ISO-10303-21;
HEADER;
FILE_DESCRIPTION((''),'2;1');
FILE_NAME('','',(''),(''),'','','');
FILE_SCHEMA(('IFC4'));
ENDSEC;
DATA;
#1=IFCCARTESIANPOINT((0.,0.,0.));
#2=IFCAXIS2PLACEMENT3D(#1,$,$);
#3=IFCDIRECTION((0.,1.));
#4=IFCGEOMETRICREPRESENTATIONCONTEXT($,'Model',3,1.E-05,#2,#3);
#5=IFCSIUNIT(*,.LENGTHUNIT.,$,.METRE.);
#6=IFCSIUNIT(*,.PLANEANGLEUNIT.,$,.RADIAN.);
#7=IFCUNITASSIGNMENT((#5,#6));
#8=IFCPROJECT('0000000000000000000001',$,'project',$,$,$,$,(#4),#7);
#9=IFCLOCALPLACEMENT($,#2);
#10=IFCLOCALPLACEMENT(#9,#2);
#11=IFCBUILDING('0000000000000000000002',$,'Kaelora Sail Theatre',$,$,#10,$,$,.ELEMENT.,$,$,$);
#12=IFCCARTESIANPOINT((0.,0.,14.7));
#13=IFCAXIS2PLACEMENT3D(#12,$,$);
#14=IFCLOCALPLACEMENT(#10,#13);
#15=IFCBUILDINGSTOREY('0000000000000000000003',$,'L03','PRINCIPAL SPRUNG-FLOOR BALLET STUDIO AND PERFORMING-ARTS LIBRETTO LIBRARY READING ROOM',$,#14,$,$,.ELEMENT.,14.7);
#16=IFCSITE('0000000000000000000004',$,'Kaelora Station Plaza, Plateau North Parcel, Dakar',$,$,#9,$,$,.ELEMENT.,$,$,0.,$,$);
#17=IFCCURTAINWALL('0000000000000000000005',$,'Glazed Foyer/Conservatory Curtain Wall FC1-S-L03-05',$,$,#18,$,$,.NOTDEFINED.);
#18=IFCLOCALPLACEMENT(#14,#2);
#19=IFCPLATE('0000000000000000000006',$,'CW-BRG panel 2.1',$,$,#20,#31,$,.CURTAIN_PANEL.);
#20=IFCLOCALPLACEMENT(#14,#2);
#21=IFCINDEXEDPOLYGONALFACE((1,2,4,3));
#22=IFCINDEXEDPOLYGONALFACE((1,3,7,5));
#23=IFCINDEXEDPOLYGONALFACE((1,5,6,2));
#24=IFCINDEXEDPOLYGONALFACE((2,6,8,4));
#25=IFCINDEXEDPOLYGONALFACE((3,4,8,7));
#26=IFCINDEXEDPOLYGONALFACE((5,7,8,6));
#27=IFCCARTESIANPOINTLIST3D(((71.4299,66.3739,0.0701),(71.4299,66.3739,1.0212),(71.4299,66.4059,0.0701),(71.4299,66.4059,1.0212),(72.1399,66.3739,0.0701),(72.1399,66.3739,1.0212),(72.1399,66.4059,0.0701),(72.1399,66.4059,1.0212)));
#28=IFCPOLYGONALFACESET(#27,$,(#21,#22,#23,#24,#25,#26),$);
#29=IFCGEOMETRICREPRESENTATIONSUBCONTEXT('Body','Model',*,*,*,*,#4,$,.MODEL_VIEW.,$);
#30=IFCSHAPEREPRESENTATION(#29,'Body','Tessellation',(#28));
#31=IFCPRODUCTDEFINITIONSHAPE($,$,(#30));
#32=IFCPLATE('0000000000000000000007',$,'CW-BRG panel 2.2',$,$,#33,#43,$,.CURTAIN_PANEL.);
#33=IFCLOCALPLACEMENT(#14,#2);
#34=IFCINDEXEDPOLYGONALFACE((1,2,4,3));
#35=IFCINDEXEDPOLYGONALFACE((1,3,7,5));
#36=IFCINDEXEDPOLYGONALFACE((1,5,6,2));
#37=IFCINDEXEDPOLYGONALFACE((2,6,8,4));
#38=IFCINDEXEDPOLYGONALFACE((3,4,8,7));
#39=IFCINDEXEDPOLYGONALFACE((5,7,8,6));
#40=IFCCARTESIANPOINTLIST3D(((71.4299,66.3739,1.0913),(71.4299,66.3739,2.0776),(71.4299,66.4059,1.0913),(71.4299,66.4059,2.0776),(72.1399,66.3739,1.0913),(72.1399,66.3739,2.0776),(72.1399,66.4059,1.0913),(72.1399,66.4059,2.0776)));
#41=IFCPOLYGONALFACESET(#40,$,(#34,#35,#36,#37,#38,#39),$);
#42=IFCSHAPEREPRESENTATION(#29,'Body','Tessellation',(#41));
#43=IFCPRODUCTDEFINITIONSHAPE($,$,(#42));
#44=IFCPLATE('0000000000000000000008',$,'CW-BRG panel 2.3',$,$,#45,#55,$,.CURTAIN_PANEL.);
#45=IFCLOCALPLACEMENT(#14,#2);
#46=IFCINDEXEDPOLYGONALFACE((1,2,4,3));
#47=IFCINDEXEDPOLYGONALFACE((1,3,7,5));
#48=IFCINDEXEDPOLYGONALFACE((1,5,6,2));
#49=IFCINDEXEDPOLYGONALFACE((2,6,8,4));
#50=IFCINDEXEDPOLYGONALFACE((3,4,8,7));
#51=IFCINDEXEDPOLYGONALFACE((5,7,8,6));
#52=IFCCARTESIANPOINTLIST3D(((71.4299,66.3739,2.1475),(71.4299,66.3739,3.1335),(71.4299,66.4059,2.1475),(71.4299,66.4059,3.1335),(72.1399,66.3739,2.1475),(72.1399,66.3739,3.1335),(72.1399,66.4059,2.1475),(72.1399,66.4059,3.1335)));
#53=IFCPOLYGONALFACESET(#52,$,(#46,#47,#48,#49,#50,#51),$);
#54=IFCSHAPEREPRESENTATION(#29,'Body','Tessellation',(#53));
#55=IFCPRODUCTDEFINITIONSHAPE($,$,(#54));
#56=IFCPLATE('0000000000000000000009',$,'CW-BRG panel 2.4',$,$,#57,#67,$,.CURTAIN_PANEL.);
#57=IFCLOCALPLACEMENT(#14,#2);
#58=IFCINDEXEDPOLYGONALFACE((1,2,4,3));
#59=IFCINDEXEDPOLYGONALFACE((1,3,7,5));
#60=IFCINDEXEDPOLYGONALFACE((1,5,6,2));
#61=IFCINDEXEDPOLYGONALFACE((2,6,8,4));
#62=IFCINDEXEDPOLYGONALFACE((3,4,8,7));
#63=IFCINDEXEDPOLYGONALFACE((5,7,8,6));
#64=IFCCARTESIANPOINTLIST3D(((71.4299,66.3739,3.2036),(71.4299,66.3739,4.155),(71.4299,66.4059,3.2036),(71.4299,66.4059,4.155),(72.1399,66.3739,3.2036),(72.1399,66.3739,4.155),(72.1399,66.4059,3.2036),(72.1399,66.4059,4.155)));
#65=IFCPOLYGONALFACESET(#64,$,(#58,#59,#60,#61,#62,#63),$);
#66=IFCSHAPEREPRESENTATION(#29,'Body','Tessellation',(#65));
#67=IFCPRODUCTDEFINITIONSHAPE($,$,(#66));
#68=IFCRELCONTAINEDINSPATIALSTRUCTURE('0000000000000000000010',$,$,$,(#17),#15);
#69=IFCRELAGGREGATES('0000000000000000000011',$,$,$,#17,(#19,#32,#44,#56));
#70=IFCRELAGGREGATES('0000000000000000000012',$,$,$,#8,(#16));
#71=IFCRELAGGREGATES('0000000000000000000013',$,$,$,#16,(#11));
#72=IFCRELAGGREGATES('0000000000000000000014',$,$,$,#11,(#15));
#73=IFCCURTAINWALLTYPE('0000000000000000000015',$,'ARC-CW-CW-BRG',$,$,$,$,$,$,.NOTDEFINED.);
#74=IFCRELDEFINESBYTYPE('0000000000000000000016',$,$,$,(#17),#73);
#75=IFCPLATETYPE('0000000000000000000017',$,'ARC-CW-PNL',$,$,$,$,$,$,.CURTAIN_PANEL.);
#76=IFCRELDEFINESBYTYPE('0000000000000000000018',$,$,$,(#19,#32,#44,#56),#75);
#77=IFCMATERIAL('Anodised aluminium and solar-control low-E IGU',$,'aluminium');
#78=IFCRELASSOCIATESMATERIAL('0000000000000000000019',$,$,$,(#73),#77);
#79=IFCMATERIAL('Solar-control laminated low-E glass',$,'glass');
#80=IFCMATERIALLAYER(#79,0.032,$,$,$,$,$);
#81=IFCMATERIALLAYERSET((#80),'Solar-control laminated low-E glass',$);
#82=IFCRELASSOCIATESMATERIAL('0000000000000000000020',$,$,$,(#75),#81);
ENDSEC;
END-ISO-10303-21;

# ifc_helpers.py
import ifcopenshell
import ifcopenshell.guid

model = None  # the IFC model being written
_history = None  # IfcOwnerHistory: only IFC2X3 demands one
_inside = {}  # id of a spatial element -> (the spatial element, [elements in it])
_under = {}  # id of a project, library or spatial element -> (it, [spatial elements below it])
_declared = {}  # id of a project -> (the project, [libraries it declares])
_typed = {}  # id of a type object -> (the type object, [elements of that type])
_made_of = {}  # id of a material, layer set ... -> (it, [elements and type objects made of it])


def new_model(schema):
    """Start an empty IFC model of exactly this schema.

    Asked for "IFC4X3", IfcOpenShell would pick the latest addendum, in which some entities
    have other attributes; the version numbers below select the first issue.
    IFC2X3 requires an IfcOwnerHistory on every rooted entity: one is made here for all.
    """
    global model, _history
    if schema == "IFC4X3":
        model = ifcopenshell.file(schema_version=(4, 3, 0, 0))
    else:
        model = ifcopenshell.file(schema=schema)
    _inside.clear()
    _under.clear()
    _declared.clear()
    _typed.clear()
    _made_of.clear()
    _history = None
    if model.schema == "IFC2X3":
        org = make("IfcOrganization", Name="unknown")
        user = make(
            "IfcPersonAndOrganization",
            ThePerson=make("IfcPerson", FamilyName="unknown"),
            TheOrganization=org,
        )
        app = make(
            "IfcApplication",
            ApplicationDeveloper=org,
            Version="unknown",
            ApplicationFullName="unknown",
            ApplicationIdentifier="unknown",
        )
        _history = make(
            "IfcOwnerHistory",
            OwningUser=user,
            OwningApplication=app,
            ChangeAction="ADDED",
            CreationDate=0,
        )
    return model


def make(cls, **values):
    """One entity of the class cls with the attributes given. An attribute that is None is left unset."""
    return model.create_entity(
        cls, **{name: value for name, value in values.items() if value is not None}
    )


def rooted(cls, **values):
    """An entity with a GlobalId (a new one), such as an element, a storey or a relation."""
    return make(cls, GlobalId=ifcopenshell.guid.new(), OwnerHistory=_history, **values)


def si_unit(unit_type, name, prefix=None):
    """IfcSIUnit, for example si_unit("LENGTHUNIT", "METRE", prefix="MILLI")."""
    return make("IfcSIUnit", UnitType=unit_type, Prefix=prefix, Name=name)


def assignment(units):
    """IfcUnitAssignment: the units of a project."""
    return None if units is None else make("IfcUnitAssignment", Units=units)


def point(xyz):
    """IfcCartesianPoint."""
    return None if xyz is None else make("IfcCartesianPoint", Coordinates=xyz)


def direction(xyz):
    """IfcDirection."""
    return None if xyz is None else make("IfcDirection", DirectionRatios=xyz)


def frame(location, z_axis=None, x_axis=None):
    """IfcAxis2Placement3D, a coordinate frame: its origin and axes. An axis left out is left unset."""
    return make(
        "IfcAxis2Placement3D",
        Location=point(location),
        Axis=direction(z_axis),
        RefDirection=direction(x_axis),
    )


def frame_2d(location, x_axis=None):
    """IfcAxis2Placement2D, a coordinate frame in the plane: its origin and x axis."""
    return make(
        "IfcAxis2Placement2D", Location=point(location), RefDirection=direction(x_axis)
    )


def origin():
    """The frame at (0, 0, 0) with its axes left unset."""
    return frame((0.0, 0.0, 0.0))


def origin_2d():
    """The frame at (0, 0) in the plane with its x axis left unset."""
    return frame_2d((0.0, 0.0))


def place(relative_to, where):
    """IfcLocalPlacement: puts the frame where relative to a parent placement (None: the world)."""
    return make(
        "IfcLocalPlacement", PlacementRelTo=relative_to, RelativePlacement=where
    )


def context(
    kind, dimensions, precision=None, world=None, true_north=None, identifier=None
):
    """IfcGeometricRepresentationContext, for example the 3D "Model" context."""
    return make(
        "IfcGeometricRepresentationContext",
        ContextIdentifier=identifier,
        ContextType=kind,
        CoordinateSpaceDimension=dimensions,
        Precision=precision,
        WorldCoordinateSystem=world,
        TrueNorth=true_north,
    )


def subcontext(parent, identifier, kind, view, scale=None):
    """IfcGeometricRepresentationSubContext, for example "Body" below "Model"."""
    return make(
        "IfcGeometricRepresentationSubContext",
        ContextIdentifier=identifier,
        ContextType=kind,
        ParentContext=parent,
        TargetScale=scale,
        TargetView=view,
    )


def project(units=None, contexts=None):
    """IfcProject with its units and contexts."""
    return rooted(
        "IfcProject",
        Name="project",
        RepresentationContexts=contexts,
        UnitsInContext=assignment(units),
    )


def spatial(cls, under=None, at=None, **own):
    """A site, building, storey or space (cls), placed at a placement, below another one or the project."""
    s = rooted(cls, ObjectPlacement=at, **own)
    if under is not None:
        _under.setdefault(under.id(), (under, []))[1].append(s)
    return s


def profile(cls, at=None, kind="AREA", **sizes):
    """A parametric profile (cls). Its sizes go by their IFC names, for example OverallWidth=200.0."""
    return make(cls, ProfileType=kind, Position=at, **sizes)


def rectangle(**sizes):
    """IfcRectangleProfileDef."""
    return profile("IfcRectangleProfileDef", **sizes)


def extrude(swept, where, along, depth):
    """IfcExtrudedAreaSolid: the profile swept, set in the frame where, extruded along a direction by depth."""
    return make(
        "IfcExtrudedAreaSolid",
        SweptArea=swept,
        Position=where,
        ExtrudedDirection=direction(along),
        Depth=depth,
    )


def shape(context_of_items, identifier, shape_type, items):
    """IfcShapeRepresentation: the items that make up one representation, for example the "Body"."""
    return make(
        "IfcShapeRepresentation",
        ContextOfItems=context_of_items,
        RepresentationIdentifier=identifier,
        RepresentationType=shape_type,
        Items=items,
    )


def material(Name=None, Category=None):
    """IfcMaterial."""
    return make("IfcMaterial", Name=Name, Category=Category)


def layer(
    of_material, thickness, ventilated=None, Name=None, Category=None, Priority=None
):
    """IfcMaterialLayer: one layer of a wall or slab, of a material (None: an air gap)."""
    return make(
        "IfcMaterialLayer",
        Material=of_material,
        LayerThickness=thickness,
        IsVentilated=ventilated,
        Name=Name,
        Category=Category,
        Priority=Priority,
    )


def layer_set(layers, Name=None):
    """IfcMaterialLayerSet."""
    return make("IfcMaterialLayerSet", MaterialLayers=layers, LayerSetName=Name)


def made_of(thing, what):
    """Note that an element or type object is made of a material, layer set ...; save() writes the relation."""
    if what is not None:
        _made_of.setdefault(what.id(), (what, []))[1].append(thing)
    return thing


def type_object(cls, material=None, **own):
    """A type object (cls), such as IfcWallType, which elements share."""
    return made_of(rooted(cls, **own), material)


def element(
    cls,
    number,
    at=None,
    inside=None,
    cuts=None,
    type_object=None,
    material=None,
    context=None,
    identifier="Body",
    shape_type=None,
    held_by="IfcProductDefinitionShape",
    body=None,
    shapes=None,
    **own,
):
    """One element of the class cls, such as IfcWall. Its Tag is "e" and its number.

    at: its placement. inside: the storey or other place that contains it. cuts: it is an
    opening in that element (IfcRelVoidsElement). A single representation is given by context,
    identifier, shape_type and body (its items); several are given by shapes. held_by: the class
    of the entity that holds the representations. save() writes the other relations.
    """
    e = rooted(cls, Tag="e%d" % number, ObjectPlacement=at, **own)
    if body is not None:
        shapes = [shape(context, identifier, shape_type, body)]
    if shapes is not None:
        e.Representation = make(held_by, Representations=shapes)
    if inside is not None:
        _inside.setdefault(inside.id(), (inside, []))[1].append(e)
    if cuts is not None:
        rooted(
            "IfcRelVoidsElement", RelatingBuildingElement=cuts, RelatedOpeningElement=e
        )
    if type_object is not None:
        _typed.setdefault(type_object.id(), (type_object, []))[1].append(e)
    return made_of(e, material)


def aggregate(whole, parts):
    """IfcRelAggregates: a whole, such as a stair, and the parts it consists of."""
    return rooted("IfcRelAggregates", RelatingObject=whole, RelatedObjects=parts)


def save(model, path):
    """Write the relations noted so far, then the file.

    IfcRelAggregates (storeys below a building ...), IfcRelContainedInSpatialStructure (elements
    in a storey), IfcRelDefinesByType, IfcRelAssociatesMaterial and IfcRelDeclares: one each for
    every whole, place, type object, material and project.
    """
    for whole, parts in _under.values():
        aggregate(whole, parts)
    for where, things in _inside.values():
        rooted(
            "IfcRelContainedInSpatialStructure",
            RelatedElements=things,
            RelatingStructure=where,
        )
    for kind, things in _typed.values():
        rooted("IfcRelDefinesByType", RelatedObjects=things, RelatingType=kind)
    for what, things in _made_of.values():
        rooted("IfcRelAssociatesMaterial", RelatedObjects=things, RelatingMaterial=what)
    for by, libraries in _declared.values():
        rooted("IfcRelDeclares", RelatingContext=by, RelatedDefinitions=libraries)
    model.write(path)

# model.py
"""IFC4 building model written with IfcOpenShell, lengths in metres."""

from ifc_helpers import new_model, si_unit, direction, frame, origin, origin_2d, place, context, subcontext, project, spatial, rectangle, extrude, material, layer, layer_set, type_object, element, aggregate, save


model = new_model("IFC4")

# Units and contexts
model_context = context("Model", 3, precision=1e-05, world=origin(), true_north=direction((0.0, 1.0)))
body_context = subcontext(model_context, "Body", "Model", "MODEL_VIEW")
ifc_project = project(units=[si_unit("LENGTHUNIT", "METRE"), si_unit("PLANEANGLEUNIT", "RADIAN")], contexts=[model_context])

# Site, building, storey
site_placement = place(None, origin())
site = spatial("IfcSite", under=ifc_project, at=site_placement, Name="Kaelora Station Plaza, Plateau North Parcel, Dakar", CompositionType="ELEMENT", RefElevation=0.0)
building_placement = place(site_placement, origin())
building = spatial("IfcBuilding", under=site, at=building_placement, Name="Kaelora Sail Theatre", CompositionType="ELEMENT")
storey_placement = place(building_placement, frame((0.0, 0.0, 14.7)))
storey = spatial("IfcBuildingStorey", under=building, at=storey_placement, Name="L03", Description="PRINCIPAL SPRUNG-FLOOR BALLET STUDIO AND PERFORMING-ARTS LIBRETTO LIBRARY READING ROOM", CompositionType="ELEMENT", Elevation=14.7)

# Curtain wall
ifc_material_1 = material(Name="Anodised aluminium and solar-control low-E IGU", Category="aluminium")
curtain_wall_type = type_object("IfcCurtainWallType", Name="ARC-CW-CW-BRG", PredefinedType="NOTDEFINED", material=ifc_material_1)
curtain_wall_1_placement = place(storey_placement, origin())
curtain_wall_1 = element("IfcCurtainWall", 1, at=curtain_wall_1_placement, inside=storey, type_object=curtain_wall_type, Name="Glazed Foyer/Conservatory Curtain Wall FC1-S-L03-05", PredefinedType="NOTDEFINED")

# Plates
ifc_material_2 = material(Name="Solar-control laminated low-E glass", Category="glass")
ifc_layer = layer(ifc_material_2, 0.032)
ifc_layer_set = layer_set([ifc_layer], Name="Solar-control laminated low-E glass")
plate_type = type_object("IfcPlateType", Name="ARC-CW-PNL", PredefinedType="CURTAIN_PANEL", material=ifc_layer_set)
plate_1_placement = place(storey_placement, frame((71.7849, 66.3899, 0.0701), z_axis=(0.0, 0.0, 1.0), x_axis=(1.0, 0.0, 0.0)))
plate_1 = element("IfcPlate", 2, at=plate_1_placement, type_object=plate_type, Name="CW-BRG panel 2.1", PredefinedType="CURTAIN_PANEL", context=body_context, shape_type="SweptSolid", body=[
    extrude(rectangle(XDim=0.71, YDim=0.032, at=origin_2d()), origin(), (0.0, 0.0, 1.0), 0.9512),
])
plate_2_placement = place(storey_placement, frame((71.7849, 66.3899, 1.0913), z_axis=(0.0, 0.0, 1.0), x_axis=(1.0, 0.0, 0.0)))
plate_2 = element("IfcPlate", 3, at=plate_2_placement, type_object=plate_type, Name="CW-BRG panel 2.2", PredefinedType="CURTAIN_PANEL", context=body_context, shape_type="SweptSolid", body=[
    extrude(rectangle(XDim=0.71, YDim=0.032, at=origin_2d()), origin(), (0.0, 0.0, 1.0), 0.9863),
])
plate_3_placement = place(storey_placement, frame((71.7849, 66.3899, 2.1475), z_axis=(0.0, 0.0, 1.0), x_axis=(1.0, 0.0, 0.0)))
plate_3 = element("IfcPlate", 4, at=plate_3_placement, type_object=plate_type, Name="CW-BRG panel 2.3", PredefinedType="CURTAIN_PANEL", context=body_context, shape_type="SweptSolid", body=[
    extrude(rectangle(XDim=0.71, YDim=0.032, at=origin_2d()), origin(), (0.0, 0.0, 1.0), 0.9861),
])
plate_4_placement = place(storey_placement, frame((71.7849, 66.3899, 3.2036), z_axis=(0.0, 0.0, 1.0), x_axis=(1.0, 0.0, 0.0)))
plate_4 = element("IfcPlate", 5, at=plate_4_placement, type_object=plate_type, Name="CW-BRG panel 2.4", PredefinedType="CURTAIN_PANEL", context=body_context, shape_type="SweptSolid", body=[
    extrude(rectangle(XDim=0.71, YDim=0.032, at=origin_2d()), origin(), (0.0, 0.0, 1.0), 0.9514),
])
aggregate(curtain_wall_1, [plate_1, plate_2, plate_3, plate_4])

save(model, "model.ifc")
